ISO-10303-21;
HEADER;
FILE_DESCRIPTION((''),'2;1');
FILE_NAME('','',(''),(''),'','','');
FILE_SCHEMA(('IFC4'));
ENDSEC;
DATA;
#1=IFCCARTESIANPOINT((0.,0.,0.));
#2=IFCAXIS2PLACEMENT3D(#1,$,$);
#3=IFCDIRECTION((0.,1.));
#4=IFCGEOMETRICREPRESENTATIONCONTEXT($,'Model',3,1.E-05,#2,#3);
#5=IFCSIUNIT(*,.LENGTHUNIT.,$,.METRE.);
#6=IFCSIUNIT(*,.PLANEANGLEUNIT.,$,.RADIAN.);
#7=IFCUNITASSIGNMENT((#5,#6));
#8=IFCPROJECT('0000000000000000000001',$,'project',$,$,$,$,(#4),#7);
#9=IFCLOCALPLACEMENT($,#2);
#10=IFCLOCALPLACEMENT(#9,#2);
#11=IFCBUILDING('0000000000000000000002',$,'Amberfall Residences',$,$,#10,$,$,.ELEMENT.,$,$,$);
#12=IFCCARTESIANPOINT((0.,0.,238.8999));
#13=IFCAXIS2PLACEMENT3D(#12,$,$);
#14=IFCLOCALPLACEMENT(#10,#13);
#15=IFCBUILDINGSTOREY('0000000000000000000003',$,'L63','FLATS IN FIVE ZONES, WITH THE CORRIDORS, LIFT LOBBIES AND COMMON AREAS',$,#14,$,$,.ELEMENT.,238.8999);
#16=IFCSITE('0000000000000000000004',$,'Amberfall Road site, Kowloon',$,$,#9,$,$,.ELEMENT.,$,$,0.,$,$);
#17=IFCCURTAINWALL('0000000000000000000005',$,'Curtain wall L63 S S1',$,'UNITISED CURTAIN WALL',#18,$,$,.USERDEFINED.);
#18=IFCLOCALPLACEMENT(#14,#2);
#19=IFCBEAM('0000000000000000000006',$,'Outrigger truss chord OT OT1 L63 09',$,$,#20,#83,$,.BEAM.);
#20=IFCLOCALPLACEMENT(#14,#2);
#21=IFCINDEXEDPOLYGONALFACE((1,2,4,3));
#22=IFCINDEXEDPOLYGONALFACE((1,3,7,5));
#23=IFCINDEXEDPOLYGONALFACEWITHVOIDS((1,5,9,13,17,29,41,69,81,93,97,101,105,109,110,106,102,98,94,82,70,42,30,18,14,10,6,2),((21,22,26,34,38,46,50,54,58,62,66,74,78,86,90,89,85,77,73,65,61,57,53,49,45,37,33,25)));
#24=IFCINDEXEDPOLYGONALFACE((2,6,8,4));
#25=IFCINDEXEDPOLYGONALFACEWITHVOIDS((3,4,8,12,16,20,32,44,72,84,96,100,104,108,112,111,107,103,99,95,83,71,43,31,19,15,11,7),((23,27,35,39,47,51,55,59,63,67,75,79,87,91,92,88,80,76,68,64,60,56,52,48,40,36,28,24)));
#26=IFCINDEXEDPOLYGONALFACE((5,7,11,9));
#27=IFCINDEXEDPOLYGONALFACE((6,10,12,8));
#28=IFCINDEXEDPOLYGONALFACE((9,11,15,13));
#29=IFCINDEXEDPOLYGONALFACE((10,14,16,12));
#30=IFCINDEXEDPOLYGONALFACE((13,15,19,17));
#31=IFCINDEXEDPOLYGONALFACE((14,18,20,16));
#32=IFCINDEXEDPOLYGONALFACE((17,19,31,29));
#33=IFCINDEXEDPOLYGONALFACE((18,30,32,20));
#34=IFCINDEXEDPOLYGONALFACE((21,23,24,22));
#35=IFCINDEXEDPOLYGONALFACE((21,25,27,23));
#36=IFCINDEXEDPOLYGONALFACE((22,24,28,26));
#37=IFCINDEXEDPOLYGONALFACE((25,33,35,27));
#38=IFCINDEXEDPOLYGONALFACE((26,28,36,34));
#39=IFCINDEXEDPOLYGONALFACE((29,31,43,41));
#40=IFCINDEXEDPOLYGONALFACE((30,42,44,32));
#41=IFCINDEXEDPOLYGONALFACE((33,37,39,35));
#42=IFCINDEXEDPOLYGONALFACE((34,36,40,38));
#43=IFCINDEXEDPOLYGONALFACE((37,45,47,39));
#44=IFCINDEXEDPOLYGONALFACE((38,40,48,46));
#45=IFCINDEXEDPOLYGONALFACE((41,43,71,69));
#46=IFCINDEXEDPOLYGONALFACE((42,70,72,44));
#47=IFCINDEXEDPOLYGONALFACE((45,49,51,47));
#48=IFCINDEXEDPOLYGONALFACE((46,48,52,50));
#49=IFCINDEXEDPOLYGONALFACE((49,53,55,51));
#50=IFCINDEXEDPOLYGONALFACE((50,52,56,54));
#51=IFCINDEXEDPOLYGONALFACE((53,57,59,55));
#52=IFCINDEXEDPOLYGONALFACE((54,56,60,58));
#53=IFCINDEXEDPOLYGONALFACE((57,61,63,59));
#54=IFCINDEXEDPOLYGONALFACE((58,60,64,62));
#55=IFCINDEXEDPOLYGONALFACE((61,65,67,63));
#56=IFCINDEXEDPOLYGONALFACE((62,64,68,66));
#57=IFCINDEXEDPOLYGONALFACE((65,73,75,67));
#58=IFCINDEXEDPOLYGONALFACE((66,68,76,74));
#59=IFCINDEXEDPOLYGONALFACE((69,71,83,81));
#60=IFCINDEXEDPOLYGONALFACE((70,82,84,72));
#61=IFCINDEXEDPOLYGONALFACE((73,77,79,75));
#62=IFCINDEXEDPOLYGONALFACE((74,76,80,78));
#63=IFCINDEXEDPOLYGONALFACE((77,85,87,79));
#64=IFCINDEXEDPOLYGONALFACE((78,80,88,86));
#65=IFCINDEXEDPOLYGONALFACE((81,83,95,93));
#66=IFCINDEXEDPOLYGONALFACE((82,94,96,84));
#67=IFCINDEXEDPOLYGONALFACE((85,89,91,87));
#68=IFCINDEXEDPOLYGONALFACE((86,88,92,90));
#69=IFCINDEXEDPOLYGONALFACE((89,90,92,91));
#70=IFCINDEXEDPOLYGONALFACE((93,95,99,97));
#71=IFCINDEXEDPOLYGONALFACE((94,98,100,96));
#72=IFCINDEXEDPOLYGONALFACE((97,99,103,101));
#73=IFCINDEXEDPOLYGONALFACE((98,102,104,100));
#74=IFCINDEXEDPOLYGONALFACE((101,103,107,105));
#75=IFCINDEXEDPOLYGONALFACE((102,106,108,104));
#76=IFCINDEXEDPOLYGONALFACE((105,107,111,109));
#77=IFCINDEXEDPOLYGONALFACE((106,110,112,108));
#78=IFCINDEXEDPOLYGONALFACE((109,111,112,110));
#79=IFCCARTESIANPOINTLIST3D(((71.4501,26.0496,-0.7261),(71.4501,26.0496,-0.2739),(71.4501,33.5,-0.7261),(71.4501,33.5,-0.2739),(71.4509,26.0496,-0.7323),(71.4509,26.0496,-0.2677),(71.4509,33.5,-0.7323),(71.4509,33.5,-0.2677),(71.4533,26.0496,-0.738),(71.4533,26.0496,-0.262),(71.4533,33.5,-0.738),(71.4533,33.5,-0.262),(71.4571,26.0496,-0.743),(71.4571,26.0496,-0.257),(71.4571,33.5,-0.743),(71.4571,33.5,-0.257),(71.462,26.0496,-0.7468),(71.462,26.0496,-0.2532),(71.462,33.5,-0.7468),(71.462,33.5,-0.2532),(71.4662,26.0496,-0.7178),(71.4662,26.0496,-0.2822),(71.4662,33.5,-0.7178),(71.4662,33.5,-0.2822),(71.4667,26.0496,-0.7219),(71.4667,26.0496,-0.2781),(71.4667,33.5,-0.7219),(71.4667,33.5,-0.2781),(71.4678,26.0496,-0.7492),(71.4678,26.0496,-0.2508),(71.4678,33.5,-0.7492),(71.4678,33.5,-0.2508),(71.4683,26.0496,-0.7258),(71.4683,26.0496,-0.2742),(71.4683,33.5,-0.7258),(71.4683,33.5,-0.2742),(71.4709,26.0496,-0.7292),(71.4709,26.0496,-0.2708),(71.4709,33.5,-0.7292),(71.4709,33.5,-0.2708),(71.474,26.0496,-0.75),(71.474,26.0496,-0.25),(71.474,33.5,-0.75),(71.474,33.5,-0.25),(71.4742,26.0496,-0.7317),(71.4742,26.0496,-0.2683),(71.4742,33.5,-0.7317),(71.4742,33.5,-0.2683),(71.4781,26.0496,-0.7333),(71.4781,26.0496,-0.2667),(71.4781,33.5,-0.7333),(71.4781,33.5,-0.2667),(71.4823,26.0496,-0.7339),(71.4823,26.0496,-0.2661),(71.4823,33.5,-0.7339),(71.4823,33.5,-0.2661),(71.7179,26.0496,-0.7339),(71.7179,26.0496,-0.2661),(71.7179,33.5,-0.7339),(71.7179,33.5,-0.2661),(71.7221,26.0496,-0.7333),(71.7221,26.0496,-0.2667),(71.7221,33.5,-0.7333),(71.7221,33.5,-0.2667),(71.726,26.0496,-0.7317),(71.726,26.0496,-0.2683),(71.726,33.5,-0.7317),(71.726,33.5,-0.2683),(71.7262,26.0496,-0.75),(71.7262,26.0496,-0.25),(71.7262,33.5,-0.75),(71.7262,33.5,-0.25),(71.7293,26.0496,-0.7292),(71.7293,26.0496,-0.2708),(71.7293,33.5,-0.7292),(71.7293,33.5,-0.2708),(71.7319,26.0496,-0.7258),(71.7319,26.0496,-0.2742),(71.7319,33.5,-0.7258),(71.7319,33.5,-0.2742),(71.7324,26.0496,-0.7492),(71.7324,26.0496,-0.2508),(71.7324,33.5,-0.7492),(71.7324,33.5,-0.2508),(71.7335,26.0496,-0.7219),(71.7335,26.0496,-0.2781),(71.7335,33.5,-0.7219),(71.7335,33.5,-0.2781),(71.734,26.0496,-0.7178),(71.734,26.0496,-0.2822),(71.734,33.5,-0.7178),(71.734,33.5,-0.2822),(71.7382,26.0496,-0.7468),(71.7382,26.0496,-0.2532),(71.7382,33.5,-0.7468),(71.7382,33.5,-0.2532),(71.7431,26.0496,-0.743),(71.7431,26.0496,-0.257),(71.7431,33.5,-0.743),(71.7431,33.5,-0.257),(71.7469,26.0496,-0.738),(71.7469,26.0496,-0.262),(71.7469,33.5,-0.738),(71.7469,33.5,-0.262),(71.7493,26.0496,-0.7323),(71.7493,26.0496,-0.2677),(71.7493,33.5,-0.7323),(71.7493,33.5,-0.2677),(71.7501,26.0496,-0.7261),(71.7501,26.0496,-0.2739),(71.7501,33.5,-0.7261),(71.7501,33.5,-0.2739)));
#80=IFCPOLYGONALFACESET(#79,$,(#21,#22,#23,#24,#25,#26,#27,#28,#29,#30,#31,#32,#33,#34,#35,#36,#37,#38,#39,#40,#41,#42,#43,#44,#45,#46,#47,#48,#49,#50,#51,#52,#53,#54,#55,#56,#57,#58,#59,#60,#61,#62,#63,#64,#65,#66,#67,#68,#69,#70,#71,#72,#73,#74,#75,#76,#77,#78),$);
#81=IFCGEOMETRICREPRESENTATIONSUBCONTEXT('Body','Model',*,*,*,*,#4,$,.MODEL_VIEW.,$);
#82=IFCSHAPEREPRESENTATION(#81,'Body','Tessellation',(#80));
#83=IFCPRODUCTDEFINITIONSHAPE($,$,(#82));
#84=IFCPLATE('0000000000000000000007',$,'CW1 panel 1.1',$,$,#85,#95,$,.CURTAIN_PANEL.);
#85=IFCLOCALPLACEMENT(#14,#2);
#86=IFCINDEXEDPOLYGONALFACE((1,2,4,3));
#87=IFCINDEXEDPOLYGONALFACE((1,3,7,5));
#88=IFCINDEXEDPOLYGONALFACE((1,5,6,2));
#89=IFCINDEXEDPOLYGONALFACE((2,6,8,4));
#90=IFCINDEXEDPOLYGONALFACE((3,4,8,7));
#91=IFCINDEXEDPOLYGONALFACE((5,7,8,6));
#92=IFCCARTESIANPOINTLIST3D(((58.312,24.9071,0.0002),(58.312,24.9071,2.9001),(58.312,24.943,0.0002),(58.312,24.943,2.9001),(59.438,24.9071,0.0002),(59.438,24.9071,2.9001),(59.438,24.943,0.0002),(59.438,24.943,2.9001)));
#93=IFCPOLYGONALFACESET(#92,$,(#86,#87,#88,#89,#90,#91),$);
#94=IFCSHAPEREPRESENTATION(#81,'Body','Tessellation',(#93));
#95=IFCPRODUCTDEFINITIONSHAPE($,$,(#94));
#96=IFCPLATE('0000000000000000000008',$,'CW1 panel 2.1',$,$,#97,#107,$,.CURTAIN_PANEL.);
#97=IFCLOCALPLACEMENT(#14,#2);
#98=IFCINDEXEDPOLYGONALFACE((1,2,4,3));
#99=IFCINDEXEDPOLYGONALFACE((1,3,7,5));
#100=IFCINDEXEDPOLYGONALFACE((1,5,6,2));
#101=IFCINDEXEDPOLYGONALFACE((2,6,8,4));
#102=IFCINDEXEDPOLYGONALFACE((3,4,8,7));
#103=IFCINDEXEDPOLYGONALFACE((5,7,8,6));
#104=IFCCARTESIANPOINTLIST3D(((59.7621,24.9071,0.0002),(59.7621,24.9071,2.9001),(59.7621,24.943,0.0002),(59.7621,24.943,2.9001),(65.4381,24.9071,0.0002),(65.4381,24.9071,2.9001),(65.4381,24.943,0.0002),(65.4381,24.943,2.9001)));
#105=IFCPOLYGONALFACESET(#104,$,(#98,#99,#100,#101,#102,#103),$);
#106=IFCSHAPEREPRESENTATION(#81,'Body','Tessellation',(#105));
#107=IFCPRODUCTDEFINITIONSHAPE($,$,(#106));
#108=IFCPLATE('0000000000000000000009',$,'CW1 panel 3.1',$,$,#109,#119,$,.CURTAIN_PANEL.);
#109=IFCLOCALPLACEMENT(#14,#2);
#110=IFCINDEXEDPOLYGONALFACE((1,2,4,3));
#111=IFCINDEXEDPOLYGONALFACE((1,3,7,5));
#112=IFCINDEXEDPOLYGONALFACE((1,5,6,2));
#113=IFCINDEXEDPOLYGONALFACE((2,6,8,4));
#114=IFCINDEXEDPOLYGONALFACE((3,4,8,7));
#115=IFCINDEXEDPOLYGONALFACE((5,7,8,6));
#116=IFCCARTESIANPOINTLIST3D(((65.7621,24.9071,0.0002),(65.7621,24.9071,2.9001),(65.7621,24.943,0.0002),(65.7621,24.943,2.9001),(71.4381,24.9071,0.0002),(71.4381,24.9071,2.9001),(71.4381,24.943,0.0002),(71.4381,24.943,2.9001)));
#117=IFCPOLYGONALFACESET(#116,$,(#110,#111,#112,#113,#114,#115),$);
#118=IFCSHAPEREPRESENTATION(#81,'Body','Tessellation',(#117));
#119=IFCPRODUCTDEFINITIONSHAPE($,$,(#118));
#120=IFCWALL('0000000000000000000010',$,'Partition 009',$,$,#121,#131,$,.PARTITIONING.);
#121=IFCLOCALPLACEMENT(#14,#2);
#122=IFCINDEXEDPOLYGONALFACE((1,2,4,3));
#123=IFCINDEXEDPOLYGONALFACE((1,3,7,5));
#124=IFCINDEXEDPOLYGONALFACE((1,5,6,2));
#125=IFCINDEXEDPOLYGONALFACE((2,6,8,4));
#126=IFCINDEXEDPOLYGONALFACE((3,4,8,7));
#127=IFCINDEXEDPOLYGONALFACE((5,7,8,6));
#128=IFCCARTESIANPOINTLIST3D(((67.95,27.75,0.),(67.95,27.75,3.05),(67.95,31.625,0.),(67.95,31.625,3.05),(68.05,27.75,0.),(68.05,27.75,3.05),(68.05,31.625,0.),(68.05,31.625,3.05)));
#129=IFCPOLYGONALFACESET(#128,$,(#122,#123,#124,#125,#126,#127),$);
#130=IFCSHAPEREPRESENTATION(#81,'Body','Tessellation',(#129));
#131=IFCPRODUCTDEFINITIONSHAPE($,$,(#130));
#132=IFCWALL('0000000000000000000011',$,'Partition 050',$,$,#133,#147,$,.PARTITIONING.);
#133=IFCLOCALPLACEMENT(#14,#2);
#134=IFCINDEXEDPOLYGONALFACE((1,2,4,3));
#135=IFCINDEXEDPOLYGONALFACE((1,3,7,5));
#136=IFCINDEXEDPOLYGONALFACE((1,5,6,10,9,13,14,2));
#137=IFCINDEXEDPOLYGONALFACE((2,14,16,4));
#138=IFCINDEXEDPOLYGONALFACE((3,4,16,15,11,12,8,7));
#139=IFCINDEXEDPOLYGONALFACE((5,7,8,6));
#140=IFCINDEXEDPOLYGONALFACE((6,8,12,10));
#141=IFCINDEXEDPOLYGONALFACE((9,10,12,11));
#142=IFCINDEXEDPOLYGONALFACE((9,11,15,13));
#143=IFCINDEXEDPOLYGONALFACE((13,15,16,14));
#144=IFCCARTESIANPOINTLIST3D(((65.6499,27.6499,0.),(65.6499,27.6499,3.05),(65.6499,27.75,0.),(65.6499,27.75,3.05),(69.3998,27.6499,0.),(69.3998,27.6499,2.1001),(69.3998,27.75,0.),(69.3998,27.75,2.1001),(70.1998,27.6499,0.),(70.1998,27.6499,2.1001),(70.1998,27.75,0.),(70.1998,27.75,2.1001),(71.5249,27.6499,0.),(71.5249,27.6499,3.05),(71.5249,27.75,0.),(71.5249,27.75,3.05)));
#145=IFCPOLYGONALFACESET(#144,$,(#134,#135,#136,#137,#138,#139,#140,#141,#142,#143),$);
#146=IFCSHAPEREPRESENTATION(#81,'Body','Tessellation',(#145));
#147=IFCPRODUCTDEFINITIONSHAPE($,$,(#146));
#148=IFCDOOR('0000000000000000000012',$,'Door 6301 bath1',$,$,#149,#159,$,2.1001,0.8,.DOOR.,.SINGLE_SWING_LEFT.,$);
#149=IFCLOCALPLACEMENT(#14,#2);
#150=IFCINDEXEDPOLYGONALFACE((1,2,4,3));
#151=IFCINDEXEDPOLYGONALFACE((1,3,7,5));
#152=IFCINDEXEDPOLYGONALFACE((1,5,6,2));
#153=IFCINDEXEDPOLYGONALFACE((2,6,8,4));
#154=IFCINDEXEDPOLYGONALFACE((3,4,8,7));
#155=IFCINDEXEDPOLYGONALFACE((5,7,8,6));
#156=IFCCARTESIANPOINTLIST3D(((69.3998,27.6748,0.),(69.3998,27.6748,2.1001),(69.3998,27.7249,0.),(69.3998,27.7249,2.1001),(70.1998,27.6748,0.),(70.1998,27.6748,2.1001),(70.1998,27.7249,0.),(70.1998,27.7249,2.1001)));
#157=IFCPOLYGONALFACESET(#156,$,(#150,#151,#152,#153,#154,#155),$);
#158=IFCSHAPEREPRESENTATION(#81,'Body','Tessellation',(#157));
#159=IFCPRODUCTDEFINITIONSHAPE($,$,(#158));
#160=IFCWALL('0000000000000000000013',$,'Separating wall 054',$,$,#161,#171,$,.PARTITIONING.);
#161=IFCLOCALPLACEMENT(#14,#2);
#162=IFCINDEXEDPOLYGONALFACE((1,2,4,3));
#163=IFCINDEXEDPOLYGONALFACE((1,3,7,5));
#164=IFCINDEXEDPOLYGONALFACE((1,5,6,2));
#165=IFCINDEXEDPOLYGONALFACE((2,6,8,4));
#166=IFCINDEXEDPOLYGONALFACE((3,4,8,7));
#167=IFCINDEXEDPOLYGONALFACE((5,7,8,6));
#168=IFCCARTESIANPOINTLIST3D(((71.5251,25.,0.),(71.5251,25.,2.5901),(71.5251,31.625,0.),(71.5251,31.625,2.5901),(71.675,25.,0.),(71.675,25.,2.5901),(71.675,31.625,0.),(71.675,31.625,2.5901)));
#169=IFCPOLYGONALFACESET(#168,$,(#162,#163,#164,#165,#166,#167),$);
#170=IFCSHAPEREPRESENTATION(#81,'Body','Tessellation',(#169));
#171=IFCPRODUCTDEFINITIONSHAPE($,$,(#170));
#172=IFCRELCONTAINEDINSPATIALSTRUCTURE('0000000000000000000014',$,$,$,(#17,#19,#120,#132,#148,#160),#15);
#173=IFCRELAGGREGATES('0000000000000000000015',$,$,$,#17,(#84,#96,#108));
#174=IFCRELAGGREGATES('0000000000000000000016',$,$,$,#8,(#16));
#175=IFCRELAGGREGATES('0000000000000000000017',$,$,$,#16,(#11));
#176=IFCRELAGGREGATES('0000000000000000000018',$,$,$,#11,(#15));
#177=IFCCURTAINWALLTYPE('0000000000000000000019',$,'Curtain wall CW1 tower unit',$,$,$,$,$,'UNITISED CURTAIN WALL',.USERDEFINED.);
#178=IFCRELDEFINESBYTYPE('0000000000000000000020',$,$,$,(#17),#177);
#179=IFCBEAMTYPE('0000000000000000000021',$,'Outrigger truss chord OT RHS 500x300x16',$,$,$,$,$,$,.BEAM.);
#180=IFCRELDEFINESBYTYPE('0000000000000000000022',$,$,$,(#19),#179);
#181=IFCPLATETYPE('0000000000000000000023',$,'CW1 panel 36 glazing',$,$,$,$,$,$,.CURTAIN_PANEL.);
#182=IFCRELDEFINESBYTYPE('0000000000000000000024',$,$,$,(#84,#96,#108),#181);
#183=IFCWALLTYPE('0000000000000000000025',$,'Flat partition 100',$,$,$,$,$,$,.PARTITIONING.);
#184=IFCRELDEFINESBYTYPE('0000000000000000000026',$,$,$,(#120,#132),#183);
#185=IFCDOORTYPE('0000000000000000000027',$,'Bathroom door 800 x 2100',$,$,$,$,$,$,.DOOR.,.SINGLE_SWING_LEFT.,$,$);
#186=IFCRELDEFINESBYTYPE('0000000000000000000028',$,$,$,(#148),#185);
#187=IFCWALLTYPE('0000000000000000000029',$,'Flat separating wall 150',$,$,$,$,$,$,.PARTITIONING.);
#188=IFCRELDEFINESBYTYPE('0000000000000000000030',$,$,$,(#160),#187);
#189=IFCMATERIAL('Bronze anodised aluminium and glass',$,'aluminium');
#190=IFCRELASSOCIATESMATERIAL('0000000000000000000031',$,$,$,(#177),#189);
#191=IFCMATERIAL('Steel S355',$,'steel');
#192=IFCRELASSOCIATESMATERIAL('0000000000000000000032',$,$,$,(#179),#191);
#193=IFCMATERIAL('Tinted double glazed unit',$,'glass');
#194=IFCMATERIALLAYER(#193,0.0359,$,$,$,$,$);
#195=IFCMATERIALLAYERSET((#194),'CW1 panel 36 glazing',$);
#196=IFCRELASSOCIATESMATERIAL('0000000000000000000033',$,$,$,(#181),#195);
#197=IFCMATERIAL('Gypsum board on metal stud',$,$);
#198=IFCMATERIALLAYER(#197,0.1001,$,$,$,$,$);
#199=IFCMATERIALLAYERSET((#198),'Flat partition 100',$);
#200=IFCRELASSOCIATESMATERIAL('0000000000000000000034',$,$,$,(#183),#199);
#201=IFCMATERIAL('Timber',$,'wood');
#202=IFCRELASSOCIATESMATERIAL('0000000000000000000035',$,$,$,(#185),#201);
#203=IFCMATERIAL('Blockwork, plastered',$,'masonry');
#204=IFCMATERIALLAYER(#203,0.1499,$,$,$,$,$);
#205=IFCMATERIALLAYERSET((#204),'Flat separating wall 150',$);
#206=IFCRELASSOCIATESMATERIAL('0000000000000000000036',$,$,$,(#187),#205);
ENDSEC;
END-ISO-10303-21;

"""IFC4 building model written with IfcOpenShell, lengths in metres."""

from ifc_helpers import new_model, si_unit, direction, frame, frame_2d, origin, origin_2d, place, context, subcontext, project, spatial, rectangle, hollow_rectangle, extrude, material, layer, layer_set, material_profile, profile_set, type_object, element, fill, aggregate, save


model = new_model("IFC4")

# Units and contexts
model_context = context("Model", 3, precision=1e-05, world=origin(), true_north=direction((0.0, 1.0)))
body_context = subcontext(model_context, "Body", "Model", "MODEL_VIEW")
ifc_project = project(units=[si_unit("LENGTHUNIT", "METRE"), si_unit("PLANEANGLEUNIT", "RADIAN")], contexts=[model_context])

# Site, building, storey
site_placement = place(None, origin())
site = spatial("IfcSite", under=ifc_project, at=site_placement, Name="Amberfall Road site, Kowloon", CompositionType="ELEMENT", RefElevation=0.0)
building_placement = place(site_placement, origin())
building = spatial("IfcBuilding", under=site, at=building_placement, Name="Amberfall Residences", CompositionType="ELEMENT")
storey_placement = place(building_placement, frame((0.0, 0.0, 238.8999)))
storey = spatial("IfcBuildingStorey", under=building, at=storey_placement, Name="L63", Description="FLATS IN FIVE ZONES, WITH THE CORRIDORS, LIFT LOBBIES AND COMMON AREAS", CompositionType="ELEMENT", Elevation=238.8999)

# Shared definitions
ifc_material_1 = material(Name="Steel S355", Category="steel")

# Curtain wall
ifc_material_2 = material(Name="Bronze anodised aluminium and glass", Category="aluminium")
curtain_wall_type = type_object("IfcCurtainWallType", Name="Curtain wall CW1 tower unit", ElementType="UNITISED CURTAIN WALL", PredefinedType="USERDEFINED", material=ifc_material_2)
curtain_wall_placement = place(storey_placement, origin())
curtain_wall = element("IfcCurtainWall", 1, at=curtain_wall_placement, inside=storey, type_object=curtain_wall_type, Name="Curtain wall L63 S S1", ObjectType="UNITISED CURTAIN WALL", PredefinedType="USERDEFINED")

# Beam
ifc_material_profile_1 = material_profile(ifc_material_1, hollow_rectangle(XDim=0.3, YDim=0.5, WallThickness=0.0161, InnerFilletRadius=0.0161, OuterFilletRadius=0.0239, at=origin_2d()), Name="RHS 500x300x16")
ifc_profile_set_1 = profile_set([ifc_material_profile_1], Name="Steel S355")
beam_type_1 = type_object("IfcBeamType", Name="Outrigger truss chord OT RHS 500x300x16", PredefinedType="BEAM", material=ifc_profile_set_1)
beam_1_placement = place(storey_placement, frame((71.6001, 26.0496, -0.5), z_axis=(0.0, 1.0, 0.0), x_axis=(-1.0, 0.0, 0.0)))
element("IfcBeam", 2, at=beam_1_placement, inside=storey, type_object=beam_type_1, Name="Outrigger truss chord OT OT1 L63 09", PredefinedType="BEAM", context=body_context, shape_type="SweptSolid", body=[
    extrude(hollow_rectangle(XDim=0.3, YDim=0.5, WallThickness=0.0161, InnerFilletRadius=0.0161, OuterFilletRadius=0.0239, at=origin_2d()), origin(), (0.0, 0.0, 1.0), 7.4504),
])

# Plates
ifc_material_3 = material(Name="Tinted double glazed unit", Category="glass")
ifc_layer_1 = layer(ifc_material_3, 0.0359)
ifc_layer_set_1 = layer_set([ifc_layer_1], Name="CW1 panel 36 glazing")
plate_type = type_object("IfcPlateType", Name="CW1 panel 36 glazing", PredefinedType="CURTAIN_PANEL", material=ifc_layer_set_1)
plate_1_placement = place(storey_placement, frame((58.875, 24.925, 0.0002), z_axis=(0.0, 0.0, 1.0), x_axis=(1.0, 0.0, 0.0)))
plate_1 = element("IfcPlate", 3, at=plate_1_placement, type_object=plate_type, Name="CW1 panel 1.1", PredefinedType="CURTAIN_PANEL", context=body_context, shape_type="SweptSolid", body=[
    extrude(rectangle(XDim=1.126, YDim=0.0359, at=origin_2d()), origin(), (0.0, 0.0, 1.0), 2.8999),
])
plate_2_placement = place(storey_placement, frame((62.6001, 24.925, 0.0002), z_axis=(0.0, 0.0, 1.0), x_axis=(1.0, 0.0, 0.0)))
plate_2 = element("IfcPlate", 4, at=plate_2_placement, type_object=plate_type, Name="CW1 panel 2.1", PredefinedType="CURTAIN_PANEL", context=body_context, shape_type="SweptSolid", body=[
    extrude(rectangle(XDim=5.676, YDim=0.0359, at=origin_2d()), origin(), (0.0, 0.0, 1.0), 2.8999),
])
plate_3_placement = place(storey_placement, frame((68.6001, 24.925, 0.0002), z_axis=(0.0, 0.0, 1.0), x_axis=(1.0, 0.0, 0.0)))
plate_3 = element("IfcPlate", 5, at=plate_3_placement, type_object=plate_type, Name="CW1 panel 3.1", PredefinedType="CURTAIN_PANEL", context=body_context, shape_type="SweptSolid", body=[
    extrude(rectangle(XDim=5.676, YDim=0.0359, at=origin_2d()), origin(), (0.0, 0.0, 1.0), 2.8999),
])
aggregate(curtain_wall, [plate_1, plate_2, plate_3])

# Wall
ifc_material_4 = material(Name="Gypsum board on metal stud")
ifc_layer_2 = layer(ifc_material_4, 0.1001)
ifc_layer_set_2 = layer_set([ifc_layer_2], Name="Flat partition 100")
wall_type_1 = type_object("IfcWallType", Name="Flat partition 100", PredefinedType="PARTITIONING", material=ifc_layer_set_2)
wall_1_placement = place(storey_placement, frame((68.0, 27.75, 0.0), z_axis=(0.0, 0.0, 1.0), x_axis=(0.0, 1.0, 0.0)))
element("IfcWall", 6, at=wall_1_placement, inside=storey, type_object=wall_type_1, Name="Partition 009", PredefinedType="PARTITIONING", context=body_context, shape_type="SweptSolid", body=[
    extrude(rectangle(XDim=3.875, YDim=0.1001, at=frame_2d((1.9375, 0.0))), origin(), (0.0, 0.0, 1.0), 3.05),
])

# Wall, opening, door
wall_2_placement = place(storey_placement, frame((65.6499, 27.7, 0.0), z_axis=(0.0, 0.0, 1.0), x_axis=(1.0, 0.0, 0.0)))
wall_2 = element("IfcWall", 7, at=wall_2_placement, inside=storey, type_object=wall_type_1, Name="Partition 050", PredefinedType="PARTITIONING", context=body_context, shape_type="SweptSolid", body=[
    extrude(rectangle(XDim=5.875, YDim=0.1001, at=frame_2d((2.9375, 0.0))), origin(), (0.0, 0.0, 1.0), 3.05),
])
opening_placement = place(wall_2_placement, frame((3.75, 0.0, 0.0)))
opening = element("IfcOpeningElement", 8, at=opening_placement, cuts=wall_2, PredefinedType="OPENING", context=body_context, shape_type="SweptSolid", body=[
    extrude(rectangle(XDim=0.8, YDim=2.1001, at=frame_2d((0.3999, 1.05))), frame((0.0, 0.0601, 0.0), z_axis=(0.0, -1.0, 0.0), x_axis=(1.0, 0.0, 0.0)), (0.0, 0.0, 1.0), 0.1201),
])
ifc_material_5 = material(Name="Timber", Category="wood")
door_type = type_object("IfcDoorType", Name="Bathroom door 800 x 2100", OperationType="SINGLE_SWING_LEFT", PredefinedType="DOOR", material=ifc_material_5)
door_placement = place(opening_placement, origin())
door = element("IfcDoor", 9, at=door_placement, inside=storey, type_object=door_type, Name="Door 6301 bath1", OperationType="SINGLE_SWING_LEFT", OverallHeight=2.1001, OverallWidth=0.8, PredefinedType="DOOR", context=body_context, shape_type="SweptSolid", body=[
    extrude(rectangle(XDim=0.8, YDim=2.1001, at=frame_2d((0.3999, 1.05))), frame((0.0, 0.0249, 0.0), z_axis=(0.0, -1.0, 0.0), x_axis=(1.0, 0.0, 0.0)), (0.0, 0.0, 1.0), 0.05),
])
fill(opening, door)

# Wall
ifc_material_6 = material(Name="Blockwork, plastered", Category="masonry")
ifc_layer_3 = layer(ifc_material_6, 0.1499)
ifc_layer_set_3 = layer_set([ifc_layer_3], Name="Flat separating wall 150")
wall_type_2 = type_object("IfcWallType", Name="Flat separating wall 150", PredefinedType="PARTITIONING", material=ifc_layer_set_3)
wall_3_placement = place(storey_placement, frame((71.6001, 25.0, 0.0), z_axis=(0.0, 0.0, 1.0), x_axis=(0.0, 1.0, 0.0)))
element("IfcWall", 10, at=wall_3_placement, inside=storey, type_object=wall_type_2, Name="Separating wall 054", PredefinedType="PARTITIONING", context=body_context, shape_type="SweptSolid", body=[
    extrude(rectangle(XDim=6.625, YDim=0.1499, at=frame_2d((3.3125, 0.0))), origin(), (0.0, 0.0, 1.0), 2.5901),
])

save(model, "model.ifc")
